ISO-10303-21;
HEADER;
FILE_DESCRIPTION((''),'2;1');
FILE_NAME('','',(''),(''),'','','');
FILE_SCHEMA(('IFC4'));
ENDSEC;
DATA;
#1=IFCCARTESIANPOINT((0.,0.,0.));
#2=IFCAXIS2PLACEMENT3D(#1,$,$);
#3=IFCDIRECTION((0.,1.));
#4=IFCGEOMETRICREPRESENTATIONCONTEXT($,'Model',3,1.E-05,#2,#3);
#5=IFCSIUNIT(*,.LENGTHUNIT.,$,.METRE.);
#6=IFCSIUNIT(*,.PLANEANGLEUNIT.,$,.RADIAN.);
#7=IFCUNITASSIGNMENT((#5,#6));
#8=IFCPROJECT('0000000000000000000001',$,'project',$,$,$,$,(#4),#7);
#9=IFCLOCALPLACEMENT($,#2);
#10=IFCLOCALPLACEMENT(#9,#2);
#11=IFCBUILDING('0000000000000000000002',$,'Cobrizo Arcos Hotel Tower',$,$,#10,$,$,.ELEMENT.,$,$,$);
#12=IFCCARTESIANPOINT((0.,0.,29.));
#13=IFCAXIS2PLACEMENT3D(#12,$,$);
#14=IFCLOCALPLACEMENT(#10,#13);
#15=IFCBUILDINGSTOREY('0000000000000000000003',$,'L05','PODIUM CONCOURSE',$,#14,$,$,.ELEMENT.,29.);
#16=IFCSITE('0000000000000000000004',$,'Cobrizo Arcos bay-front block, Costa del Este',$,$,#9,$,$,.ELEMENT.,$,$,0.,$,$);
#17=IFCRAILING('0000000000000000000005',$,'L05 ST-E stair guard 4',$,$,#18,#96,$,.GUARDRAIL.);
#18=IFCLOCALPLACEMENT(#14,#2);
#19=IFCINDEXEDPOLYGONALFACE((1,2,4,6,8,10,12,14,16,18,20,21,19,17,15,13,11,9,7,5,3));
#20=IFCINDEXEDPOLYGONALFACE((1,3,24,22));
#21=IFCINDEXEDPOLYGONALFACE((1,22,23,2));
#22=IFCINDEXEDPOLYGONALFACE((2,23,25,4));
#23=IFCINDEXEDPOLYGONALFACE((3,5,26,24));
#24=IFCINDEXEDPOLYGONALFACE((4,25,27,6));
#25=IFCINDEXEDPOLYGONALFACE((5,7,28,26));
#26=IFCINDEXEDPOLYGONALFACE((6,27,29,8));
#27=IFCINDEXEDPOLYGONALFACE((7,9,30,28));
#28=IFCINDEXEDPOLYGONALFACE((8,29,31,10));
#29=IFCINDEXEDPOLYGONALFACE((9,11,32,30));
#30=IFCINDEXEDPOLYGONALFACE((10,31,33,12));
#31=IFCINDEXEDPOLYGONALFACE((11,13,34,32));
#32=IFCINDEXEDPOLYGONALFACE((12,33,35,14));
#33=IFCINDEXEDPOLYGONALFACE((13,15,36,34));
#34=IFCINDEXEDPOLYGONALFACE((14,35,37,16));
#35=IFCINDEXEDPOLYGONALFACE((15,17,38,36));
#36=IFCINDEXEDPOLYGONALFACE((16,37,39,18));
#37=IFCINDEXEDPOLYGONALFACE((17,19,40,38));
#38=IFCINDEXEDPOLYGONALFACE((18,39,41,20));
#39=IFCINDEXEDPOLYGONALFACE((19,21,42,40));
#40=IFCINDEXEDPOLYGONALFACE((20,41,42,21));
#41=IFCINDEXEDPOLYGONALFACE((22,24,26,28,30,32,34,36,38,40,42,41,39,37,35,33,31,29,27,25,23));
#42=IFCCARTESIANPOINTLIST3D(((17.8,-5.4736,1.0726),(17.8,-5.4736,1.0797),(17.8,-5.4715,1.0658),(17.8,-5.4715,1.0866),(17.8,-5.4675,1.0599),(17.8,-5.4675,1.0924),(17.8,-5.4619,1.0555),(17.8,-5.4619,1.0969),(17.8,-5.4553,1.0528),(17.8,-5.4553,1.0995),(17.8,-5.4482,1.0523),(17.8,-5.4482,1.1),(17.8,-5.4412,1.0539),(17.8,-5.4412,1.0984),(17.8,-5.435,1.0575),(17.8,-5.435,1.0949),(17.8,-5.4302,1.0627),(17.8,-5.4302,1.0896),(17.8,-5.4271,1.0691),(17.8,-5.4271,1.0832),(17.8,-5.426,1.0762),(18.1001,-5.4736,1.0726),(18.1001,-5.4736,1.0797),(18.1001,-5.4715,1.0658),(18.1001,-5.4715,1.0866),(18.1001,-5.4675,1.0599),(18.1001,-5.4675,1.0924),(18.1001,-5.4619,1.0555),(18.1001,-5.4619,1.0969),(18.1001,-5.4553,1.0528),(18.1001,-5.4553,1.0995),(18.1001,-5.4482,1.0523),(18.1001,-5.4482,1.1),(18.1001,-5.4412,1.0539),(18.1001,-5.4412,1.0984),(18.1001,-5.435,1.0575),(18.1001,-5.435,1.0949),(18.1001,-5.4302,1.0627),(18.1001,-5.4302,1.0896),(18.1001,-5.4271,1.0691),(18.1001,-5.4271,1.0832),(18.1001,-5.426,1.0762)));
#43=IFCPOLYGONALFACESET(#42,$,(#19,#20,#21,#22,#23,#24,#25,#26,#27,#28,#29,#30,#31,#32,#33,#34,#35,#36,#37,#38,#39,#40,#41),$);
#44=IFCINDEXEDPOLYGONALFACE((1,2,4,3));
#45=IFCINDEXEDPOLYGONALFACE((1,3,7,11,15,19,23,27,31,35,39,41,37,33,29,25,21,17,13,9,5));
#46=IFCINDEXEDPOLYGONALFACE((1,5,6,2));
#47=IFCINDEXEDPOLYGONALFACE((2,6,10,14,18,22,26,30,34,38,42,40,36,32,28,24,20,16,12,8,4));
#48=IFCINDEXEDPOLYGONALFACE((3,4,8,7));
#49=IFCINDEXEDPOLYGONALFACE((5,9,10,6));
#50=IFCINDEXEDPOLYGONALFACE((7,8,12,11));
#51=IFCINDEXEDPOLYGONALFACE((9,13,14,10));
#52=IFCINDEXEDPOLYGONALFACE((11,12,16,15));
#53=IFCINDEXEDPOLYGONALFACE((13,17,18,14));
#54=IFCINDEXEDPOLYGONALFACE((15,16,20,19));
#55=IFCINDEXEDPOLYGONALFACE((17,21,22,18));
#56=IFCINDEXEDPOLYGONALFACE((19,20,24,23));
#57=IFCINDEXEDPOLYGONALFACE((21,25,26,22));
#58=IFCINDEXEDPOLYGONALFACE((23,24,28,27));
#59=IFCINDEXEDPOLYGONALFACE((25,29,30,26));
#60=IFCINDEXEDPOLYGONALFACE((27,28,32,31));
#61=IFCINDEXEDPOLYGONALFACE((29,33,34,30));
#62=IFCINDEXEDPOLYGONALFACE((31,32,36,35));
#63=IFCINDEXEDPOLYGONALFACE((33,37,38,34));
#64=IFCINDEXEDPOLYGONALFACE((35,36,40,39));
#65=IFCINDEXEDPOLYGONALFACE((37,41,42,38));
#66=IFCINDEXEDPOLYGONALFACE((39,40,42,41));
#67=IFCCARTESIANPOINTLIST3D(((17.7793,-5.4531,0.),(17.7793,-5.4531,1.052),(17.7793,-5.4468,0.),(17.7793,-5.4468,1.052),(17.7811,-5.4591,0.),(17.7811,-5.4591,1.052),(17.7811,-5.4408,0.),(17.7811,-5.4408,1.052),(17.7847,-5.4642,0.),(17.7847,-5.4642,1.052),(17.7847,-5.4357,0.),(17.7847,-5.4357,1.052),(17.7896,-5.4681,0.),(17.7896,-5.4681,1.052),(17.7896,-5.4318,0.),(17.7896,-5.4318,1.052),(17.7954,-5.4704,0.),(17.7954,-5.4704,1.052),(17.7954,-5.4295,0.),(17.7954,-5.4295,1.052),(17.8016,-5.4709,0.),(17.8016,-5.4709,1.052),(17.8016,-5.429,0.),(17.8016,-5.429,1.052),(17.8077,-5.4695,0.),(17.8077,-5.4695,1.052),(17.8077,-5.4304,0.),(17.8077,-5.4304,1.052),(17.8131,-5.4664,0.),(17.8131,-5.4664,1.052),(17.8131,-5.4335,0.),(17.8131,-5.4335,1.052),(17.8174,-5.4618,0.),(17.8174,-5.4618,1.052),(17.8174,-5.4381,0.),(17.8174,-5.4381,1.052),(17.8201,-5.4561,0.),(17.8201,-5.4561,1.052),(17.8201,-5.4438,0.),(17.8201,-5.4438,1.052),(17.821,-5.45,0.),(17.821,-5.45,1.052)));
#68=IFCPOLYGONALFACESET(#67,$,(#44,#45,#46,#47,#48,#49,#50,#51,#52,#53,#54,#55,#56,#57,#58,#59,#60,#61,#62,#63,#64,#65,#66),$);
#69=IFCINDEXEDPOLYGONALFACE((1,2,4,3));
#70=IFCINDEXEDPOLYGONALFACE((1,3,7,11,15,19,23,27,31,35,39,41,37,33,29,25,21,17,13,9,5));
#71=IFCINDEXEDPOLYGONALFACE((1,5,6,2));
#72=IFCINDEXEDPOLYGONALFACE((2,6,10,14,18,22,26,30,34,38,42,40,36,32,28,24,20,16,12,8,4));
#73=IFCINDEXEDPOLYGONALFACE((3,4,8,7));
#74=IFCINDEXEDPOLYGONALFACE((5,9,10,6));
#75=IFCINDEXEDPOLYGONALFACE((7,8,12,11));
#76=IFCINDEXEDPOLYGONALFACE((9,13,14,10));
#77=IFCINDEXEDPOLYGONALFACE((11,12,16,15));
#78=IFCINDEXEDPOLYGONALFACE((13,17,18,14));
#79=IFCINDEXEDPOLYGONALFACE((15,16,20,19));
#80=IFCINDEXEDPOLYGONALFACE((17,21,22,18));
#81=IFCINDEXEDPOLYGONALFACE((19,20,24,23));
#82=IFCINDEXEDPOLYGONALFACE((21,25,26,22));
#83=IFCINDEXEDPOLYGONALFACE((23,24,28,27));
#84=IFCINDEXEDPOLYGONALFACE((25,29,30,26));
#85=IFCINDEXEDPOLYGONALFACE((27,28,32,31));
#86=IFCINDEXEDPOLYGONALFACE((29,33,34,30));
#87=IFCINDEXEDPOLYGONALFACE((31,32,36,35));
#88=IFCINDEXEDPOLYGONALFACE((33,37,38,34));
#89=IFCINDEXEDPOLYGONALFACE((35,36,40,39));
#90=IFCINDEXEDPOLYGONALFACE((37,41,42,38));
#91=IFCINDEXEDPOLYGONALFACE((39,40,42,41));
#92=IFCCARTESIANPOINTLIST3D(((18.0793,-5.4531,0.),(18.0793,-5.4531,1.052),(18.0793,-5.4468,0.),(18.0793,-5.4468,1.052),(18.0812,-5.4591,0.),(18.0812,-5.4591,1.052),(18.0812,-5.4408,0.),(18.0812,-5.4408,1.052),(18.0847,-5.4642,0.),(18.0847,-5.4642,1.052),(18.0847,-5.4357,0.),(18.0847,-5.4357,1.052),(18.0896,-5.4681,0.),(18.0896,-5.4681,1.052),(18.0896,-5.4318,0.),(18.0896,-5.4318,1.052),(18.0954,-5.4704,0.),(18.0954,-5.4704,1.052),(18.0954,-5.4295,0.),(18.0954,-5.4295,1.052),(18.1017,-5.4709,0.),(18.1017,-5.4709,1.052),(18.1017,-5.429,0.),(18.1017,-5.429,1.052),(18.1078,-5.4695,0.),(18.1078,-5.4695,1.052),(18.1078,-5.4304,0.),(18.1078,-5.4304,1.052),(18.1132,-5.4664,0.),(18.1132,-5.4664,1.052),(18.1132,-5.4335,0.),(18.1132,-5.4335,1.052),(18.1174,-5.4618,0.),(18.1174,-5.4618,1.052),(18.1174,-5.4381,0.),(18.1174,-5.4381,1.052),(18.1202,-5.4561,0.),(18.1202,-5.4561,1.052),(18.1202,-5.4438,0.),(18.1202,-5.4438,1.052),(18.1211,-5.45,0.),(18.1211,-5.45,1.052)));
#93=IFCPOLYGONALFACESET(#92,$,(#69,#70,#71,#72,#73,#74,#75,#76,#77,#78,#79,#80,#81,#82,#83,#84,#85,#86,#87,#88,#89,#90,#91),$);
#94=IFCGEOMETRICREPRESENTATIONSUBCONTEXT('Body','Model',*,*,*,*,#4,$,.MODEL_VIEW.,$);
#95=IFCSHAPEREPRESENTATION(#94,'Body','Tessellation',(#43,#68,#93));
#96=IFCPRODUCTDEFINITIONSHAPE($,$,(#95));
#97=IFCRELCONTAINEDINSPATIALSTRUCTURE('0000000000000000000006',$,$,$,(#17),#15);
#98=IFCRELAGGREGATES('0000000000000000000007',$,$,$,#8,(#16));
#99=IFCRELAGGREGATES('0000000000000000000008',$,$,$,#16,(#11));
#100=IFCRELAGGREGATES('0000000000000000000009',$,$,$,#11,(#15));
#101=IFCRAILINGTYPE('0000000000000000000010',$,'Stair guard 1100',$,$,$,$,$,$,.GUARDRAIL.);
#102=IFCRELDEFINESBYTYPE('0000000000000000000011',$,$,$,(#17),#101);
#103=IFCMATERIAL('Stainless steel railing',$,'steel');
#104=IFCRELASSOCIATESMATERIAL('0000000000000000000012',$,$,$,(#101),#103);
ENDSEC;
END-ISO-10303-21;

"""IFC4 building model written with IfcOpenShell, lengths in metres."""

from ifc_helpers import new_model, si_unit, direction, frame, origin, origin_2d, place, context, subcontext, project, spatial, circle, extrude, material, type_object, element, save


model = new_model("IFC4")

# Units and contexts
model_context = context("Model", 3, precision=1e-05, world=origin(), true_north=direction((0.0, 1.0)))
body_context = subcontext(model_context, "Body", "Model", "MODEL_VIEW")
ifc_project = project(units=[si_unit("LENGTHUNIT", "METRE"), si_unit("PLANEANGLEUNIT", "RADIAN")], contexts=[model_context])

# Site, building, storey
site_placement = place(None, origin())
site = spatial("IfcSite", under=ifc_project, at=site_placement, Name="Cobrizo Arcos bay-front block, Costa del Este", CompositionType="ELEMENT", RefElevation=0.0)
building_placement = place(site_placement, origin())
building = spatial("IfcBuilding", under=site, at=building_placement, Name="Cobrizo Arcos Hotel Tower", CompositionType="ELEMENT")
storey_placement = place(building_placement, frame((0.0, 0.0, 29.0)))
storey = spatial("IfcBuildingStorey", under=building, at=storey_placement, Name="L05", Description="PODIUM CONCOURSE", CompositionType="ELEMENT", Elevation=29.0)

# Railing
ifc_material_1 = material(Name="Stainless steel railing", Category="steel")
railing_type_1 = type_object("IfcRailingType", Name="Stair guard 1100", PredefinedType="GUARDRAIL", material=ifc_material_1)
railing_1_placement = place(storey_placement, frame((17.8, -5.45, 0.0)))
element("IfcRailing", 1, at=railing_1_placement, inside=storey, type_object=railing_type_1, Name="L05 ST-E stair guard 4", PredefinedType="GUARDRAIL", context=body_context, shape_type="SweptSolid", body=[
    extrude(circle(Radius=0.0239, at=origin_2d()), frame((0.0, 0.0, 1.0762), z_axis=(1.0, 0.0, 0.0), x_axis=(0.0, 1.0, 0.0)), (0.0, 0.0, 1.0), 0.3),
    extrude(circle(Radius=0.021, at=origin_2d()), origin(), (0.0, 0.0, 1.0), 1.052),
    extrude(circle(Radius=0.021, at=origin_2d()), frame((0.3, 0.0, 0.0)), (0.0, 0.0, 1.0), 1.052),
])

save(model, "model.ifc")
